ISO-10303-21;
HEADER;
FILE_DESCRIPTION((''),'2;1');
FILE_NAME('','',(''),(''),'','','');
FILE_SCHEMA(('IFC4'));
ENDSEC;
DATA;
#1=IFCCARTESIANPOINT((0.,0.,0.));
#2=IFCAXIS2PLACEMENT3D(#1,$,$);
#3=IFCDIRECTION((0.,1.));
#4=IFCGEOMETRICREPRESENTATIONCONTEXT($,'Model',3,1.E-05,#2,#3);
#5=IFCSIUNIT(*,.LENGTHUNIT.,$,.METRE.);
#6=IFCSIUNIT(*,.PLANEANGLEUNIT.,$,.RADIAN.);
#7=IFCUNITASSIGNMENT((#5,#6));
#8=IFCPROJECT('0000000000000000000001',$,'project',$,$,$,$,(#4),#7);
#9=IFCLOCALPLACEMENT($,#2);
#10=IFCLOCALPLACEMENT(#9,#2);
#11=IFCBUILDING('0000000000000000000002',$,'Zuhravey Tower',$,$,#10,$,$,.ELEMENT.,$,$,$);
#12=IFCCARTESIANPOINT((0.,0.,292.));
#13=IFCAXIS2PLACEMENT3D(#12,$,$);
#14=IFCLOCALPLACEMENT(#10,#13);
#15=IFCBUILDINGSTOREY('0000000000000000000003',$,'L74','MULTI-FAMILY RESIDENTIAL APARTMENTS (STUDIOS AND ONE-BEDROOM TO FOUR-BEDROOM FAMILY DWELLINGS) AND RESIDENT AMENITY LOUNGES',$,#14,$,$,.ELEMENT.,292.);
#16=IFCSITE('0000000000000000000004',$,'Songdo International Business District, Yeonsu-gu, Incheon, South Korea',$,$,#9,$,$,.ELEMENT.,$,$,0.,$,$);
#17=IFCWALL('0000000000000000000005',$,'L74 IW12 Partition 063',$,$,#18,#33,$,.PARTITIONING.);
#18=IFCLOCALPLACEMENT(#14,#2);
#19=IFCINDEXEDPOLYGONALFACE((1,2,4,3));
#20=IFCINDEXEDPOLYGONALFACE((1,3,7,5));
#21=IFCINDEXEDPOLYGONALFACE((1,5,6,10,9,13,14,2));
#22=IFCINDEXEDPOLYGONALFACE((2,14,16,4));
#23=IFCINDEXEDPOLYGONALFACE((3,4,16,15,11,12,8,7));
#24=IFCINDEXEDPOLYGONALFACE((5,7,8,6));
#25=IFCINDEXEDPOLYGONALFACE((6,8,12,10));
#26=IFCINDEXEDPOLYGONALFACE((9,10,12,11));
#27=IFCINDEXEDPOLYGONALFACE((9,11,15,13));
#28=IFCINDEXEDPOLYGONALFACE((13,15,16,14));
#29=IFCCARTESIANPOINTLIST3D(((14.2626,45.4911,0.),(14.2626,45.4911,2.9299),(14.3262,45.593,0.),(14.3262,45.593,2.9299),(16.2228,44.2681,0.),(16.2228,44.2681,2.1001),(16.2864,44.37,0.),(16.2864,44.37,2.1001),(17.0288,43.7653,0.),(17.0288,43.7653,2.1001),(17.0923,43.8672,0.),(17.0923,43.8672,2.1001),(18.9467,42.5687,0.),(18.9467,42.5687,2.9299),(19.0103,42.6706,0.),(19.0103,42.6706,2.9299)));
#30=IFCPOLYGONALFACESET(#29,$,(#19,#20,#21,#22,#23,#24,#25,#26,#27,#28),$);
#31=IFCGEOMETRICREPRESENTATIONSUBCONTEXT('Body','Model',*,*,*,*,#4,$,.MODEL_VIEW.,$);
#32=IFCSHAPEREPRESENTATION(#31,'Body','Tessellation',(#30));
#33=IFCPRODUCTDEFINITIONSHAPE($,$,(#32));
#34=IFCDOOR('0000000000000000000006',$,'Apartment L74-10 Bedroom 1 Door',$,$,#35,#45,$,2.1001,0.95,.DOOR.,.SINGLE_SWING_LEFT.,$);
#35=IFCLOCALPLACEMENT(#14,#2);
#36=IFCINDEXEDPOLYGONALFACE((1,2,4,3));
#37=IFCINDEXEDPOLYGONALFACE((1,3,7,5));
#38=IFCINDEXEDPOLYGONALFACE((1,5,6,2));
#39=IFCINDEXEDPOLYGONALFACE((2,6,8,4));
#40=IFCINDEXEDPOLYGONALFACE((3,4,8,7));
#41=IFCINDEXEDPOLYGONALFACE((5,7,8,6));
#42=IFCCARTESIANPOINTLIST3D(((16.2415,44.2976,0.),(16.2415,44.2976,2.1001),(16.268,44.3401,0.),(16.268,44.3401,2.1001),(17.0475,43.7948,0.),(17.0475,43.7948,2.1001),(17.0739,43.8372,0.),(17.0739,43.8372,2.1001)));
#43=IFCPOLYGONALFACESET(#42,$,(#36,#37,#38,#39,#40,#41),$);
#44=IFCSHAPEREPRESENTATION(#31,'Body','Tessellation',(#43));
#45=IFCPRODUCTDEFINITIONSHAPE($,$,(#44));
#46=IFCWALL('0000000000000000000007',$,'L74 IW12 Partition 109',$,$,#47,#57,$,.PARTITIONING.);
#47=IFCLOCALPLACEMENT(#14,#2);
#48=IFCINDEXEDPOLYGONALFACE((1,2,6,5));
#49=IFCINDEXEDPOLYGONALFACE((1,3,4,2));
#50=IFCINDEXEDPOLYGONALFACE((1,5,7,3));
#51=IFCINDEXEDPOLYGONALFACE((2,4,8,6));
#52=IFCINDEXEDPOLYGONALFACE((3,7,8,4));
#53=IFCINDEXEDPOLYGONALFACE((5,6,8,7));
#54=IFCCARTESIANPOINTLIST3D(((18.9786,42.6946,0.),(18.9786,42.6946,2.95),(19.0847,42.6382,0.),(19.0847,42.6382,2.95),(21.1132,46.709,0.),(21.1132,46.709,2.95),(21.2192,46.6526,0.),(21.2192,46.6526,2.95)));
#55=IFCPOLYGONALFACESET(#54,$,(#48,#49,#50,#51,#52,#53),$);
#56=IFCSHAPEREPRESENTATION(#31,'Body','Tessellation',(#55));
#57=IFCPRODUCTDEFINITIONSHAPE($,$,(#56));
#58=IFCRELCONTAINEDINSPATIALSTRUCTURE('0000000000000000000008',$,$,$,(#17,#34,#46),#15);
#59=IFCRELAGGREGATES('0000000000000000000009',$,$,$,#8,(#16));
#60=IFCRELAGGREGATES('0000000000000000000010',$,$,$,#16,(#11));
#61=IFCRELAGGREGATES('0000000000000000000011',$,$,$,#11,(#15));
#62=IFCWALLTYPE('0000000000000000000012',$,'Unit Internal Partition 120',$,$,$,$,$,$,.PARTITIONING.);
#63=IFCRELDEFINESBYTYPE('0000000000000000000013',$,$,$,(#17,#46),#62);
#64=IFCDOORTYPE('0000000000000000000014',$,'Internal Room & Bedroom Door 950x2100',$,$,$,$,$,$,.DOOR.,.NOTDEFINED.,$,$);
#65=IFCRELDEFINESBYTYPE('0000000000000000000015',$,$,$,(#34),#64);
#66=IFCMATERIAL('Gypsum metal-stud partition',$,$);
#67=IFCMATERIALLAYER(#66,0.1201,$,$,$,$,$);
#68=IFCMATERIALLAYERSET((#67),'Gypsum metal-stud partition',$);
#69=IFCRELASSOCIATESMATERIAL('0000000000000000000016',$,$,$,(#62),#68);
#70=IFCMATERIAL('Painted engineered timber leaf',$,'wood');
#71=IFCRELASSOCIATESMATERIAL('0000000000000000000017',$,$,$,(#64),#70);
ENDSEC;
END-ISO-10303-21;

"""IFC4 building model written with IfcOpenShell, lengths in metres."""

from ifc_helpers import new_model, si_unit, direction, frame, frame_2d, origin, place, context, subcontext, project, spatial, rectangle, extrude, material, layer, layer_set, type_object, element, fill, save


model = new_model("IFC4")

# Units and contexts
model_context = context("Model", 3, precision=1e-05, world=origin(), true_north=direction((0.0, 1.0)))
body_context = subcontext(model_context, "Body", "Model", "MODEL_VIEW")
ifc_project = project(units=[si_unit("LENGTHUNIT", "METRE"), si_unit("PLANEANGLEUNIT", "RADIAN")], contexts=[model_context])

# Site, building, storey
site_placement = place(None, origin())
site = spatial("IfcSite", under=ifc_project, at=site_placement, Name="Songdo International Business District, Yeonsu-gu, Incheon, South Korea", CompositionType="ELEMENT", RefElevation=0.0)
building_placement = place(site_placement, origin())
building = spatial("IfcBuilding", under=site, at=building_placement, Name="Zuhravey Tower", CompositionType="ELEMENT")
storey_placement = place(building_placement, frame((0.0, 0.0, 292.0)))
storey = spatial("IfcBuildingStorey", under=building, at=storey_placement, Name="L74", Description="MULTI-FAMILY RESIDENTIAL APARTMENTS (STUDIOS AND ONE-BEDROOM TO FOUR-BEDROOM FAMILY DWELLINGS) AND RESIDENT AMENITY LOUNGES", CompositionType="ELEMENT", Elevation=292.0)

# Wall, opening, door
ifc_material_1 = material(Name="Gypsum metal-stud partition")
ifc_layer_1 = layer(ifc_material_1, 0.1201)
ifc_layer_set_1 = layer_set([ifc_layer_1], Name="Gypsum metal-stud partition")
wall_type_1 = type_object("IfcWallType", Name="Unit Internal Partition 120", PredefinedType="PARTITIONING", material=ifc_layer_set_1)
wall_1_placement = place(storey_placement, frame((18.9785, 42.6196, 0.0), z_axis=(0.0, 0.0, 1.0), x_axis=(-0.84842, 0.529323, 0.0)))
wall_1 = element("IfcWall", 1, at=wall_1_placement, inside=storey, type_object=wall_type_1, Name="L74 IW12 Partition 063", PredefinedType="PARTITIONING", context=body_context, shape_type="SweptSolid", body=[
    extrude(rectangle(XDim=5.521, YDim=0.1201, at=frame_2d((2.7605, 0.0))), origin(), (0.0, 0.0, 1.0), 2.9299),
])
opening_placement = place(wall_1_placement, frame((2.2605, 0.0, 0.0)))
opening = element("IfcOpeningElement", 2, at=opening_placement, cuts=wall_1, PredefinedType="OPENING", context=body_context, shape_type="SweptSolid", body=[
    extrude(rectangle(XDim=0.95, YDim=2.1001, at=frame_2d((0.4751, 1.05))), frame((0.0, 0.072, 0.0), z_axis=(0.0, -1.0, 0.0), x_axis=(1.0, 0.0, 0.0)), (0.0, 0.0, 1.0), 0.144),
])
ifc_material_2 = material(Name="Painted engineered timber leaf", Category="wood")
door_type = type_object("IfcDoorType", Name="Internal Room & Bedroom Door 950x2100", OperationType="NOTDEFINED", PredefinedType="DOOR", material=ifc_material_2)
door_placement = place(opening_placement, frame((0.95, 0.0, 0.0), z_axis=(0.0, 0.0, 1.0), x_axis=(-1.0, 0.0, 0.0)))
door = element("IfcDoor", 3, at=door_placement, inside=storey, type_object=door_type, Name="Apartment L74-10 Bedroom 1 Door", OperationType="SINGLE_SWING_LEFT", OverallHeight=2.1001, OverallWidth=0.95, PredefinedType="DOOR", context=body_context, shape_type="SweptSolid", body=[
    extrude(rectangle(XDim=0.95, YDim=2.1001, at=frame_2d((0.4751, 1.05))), frame((0.0, 0.0249, 0.0), z_axis=(0.0, -1.0, 0.0), x_axis=(1.0, 0.0, 0.0)), (0.0, 0.0, 1.0), 0.05),
])
fill(opening, door)

# Wall
wall_2_placement = place(storey_placement, frame((21.1663, 46.6809, 0.0), z_axis=(0.0, 0.0, 1.0), x_axis=(-0.469476, -0.882945, 0.0)))
element("IfcWall", 4, at=wall_2_placement, inside=storey, type_object=wall_type_1, Name="L74 IW12 Partition 109", PredefinedType="PARTITIONING", context=body_context, shape_type="SweptSolid", body=[
    extrude(rectangle(XDim=4.5466, YDim=0.1201, at=frame_2d((2.2734, 0.0))), origin(), (0.0, 0.0, 1.0), 2.95),
])

save(model, "model.ifc")
